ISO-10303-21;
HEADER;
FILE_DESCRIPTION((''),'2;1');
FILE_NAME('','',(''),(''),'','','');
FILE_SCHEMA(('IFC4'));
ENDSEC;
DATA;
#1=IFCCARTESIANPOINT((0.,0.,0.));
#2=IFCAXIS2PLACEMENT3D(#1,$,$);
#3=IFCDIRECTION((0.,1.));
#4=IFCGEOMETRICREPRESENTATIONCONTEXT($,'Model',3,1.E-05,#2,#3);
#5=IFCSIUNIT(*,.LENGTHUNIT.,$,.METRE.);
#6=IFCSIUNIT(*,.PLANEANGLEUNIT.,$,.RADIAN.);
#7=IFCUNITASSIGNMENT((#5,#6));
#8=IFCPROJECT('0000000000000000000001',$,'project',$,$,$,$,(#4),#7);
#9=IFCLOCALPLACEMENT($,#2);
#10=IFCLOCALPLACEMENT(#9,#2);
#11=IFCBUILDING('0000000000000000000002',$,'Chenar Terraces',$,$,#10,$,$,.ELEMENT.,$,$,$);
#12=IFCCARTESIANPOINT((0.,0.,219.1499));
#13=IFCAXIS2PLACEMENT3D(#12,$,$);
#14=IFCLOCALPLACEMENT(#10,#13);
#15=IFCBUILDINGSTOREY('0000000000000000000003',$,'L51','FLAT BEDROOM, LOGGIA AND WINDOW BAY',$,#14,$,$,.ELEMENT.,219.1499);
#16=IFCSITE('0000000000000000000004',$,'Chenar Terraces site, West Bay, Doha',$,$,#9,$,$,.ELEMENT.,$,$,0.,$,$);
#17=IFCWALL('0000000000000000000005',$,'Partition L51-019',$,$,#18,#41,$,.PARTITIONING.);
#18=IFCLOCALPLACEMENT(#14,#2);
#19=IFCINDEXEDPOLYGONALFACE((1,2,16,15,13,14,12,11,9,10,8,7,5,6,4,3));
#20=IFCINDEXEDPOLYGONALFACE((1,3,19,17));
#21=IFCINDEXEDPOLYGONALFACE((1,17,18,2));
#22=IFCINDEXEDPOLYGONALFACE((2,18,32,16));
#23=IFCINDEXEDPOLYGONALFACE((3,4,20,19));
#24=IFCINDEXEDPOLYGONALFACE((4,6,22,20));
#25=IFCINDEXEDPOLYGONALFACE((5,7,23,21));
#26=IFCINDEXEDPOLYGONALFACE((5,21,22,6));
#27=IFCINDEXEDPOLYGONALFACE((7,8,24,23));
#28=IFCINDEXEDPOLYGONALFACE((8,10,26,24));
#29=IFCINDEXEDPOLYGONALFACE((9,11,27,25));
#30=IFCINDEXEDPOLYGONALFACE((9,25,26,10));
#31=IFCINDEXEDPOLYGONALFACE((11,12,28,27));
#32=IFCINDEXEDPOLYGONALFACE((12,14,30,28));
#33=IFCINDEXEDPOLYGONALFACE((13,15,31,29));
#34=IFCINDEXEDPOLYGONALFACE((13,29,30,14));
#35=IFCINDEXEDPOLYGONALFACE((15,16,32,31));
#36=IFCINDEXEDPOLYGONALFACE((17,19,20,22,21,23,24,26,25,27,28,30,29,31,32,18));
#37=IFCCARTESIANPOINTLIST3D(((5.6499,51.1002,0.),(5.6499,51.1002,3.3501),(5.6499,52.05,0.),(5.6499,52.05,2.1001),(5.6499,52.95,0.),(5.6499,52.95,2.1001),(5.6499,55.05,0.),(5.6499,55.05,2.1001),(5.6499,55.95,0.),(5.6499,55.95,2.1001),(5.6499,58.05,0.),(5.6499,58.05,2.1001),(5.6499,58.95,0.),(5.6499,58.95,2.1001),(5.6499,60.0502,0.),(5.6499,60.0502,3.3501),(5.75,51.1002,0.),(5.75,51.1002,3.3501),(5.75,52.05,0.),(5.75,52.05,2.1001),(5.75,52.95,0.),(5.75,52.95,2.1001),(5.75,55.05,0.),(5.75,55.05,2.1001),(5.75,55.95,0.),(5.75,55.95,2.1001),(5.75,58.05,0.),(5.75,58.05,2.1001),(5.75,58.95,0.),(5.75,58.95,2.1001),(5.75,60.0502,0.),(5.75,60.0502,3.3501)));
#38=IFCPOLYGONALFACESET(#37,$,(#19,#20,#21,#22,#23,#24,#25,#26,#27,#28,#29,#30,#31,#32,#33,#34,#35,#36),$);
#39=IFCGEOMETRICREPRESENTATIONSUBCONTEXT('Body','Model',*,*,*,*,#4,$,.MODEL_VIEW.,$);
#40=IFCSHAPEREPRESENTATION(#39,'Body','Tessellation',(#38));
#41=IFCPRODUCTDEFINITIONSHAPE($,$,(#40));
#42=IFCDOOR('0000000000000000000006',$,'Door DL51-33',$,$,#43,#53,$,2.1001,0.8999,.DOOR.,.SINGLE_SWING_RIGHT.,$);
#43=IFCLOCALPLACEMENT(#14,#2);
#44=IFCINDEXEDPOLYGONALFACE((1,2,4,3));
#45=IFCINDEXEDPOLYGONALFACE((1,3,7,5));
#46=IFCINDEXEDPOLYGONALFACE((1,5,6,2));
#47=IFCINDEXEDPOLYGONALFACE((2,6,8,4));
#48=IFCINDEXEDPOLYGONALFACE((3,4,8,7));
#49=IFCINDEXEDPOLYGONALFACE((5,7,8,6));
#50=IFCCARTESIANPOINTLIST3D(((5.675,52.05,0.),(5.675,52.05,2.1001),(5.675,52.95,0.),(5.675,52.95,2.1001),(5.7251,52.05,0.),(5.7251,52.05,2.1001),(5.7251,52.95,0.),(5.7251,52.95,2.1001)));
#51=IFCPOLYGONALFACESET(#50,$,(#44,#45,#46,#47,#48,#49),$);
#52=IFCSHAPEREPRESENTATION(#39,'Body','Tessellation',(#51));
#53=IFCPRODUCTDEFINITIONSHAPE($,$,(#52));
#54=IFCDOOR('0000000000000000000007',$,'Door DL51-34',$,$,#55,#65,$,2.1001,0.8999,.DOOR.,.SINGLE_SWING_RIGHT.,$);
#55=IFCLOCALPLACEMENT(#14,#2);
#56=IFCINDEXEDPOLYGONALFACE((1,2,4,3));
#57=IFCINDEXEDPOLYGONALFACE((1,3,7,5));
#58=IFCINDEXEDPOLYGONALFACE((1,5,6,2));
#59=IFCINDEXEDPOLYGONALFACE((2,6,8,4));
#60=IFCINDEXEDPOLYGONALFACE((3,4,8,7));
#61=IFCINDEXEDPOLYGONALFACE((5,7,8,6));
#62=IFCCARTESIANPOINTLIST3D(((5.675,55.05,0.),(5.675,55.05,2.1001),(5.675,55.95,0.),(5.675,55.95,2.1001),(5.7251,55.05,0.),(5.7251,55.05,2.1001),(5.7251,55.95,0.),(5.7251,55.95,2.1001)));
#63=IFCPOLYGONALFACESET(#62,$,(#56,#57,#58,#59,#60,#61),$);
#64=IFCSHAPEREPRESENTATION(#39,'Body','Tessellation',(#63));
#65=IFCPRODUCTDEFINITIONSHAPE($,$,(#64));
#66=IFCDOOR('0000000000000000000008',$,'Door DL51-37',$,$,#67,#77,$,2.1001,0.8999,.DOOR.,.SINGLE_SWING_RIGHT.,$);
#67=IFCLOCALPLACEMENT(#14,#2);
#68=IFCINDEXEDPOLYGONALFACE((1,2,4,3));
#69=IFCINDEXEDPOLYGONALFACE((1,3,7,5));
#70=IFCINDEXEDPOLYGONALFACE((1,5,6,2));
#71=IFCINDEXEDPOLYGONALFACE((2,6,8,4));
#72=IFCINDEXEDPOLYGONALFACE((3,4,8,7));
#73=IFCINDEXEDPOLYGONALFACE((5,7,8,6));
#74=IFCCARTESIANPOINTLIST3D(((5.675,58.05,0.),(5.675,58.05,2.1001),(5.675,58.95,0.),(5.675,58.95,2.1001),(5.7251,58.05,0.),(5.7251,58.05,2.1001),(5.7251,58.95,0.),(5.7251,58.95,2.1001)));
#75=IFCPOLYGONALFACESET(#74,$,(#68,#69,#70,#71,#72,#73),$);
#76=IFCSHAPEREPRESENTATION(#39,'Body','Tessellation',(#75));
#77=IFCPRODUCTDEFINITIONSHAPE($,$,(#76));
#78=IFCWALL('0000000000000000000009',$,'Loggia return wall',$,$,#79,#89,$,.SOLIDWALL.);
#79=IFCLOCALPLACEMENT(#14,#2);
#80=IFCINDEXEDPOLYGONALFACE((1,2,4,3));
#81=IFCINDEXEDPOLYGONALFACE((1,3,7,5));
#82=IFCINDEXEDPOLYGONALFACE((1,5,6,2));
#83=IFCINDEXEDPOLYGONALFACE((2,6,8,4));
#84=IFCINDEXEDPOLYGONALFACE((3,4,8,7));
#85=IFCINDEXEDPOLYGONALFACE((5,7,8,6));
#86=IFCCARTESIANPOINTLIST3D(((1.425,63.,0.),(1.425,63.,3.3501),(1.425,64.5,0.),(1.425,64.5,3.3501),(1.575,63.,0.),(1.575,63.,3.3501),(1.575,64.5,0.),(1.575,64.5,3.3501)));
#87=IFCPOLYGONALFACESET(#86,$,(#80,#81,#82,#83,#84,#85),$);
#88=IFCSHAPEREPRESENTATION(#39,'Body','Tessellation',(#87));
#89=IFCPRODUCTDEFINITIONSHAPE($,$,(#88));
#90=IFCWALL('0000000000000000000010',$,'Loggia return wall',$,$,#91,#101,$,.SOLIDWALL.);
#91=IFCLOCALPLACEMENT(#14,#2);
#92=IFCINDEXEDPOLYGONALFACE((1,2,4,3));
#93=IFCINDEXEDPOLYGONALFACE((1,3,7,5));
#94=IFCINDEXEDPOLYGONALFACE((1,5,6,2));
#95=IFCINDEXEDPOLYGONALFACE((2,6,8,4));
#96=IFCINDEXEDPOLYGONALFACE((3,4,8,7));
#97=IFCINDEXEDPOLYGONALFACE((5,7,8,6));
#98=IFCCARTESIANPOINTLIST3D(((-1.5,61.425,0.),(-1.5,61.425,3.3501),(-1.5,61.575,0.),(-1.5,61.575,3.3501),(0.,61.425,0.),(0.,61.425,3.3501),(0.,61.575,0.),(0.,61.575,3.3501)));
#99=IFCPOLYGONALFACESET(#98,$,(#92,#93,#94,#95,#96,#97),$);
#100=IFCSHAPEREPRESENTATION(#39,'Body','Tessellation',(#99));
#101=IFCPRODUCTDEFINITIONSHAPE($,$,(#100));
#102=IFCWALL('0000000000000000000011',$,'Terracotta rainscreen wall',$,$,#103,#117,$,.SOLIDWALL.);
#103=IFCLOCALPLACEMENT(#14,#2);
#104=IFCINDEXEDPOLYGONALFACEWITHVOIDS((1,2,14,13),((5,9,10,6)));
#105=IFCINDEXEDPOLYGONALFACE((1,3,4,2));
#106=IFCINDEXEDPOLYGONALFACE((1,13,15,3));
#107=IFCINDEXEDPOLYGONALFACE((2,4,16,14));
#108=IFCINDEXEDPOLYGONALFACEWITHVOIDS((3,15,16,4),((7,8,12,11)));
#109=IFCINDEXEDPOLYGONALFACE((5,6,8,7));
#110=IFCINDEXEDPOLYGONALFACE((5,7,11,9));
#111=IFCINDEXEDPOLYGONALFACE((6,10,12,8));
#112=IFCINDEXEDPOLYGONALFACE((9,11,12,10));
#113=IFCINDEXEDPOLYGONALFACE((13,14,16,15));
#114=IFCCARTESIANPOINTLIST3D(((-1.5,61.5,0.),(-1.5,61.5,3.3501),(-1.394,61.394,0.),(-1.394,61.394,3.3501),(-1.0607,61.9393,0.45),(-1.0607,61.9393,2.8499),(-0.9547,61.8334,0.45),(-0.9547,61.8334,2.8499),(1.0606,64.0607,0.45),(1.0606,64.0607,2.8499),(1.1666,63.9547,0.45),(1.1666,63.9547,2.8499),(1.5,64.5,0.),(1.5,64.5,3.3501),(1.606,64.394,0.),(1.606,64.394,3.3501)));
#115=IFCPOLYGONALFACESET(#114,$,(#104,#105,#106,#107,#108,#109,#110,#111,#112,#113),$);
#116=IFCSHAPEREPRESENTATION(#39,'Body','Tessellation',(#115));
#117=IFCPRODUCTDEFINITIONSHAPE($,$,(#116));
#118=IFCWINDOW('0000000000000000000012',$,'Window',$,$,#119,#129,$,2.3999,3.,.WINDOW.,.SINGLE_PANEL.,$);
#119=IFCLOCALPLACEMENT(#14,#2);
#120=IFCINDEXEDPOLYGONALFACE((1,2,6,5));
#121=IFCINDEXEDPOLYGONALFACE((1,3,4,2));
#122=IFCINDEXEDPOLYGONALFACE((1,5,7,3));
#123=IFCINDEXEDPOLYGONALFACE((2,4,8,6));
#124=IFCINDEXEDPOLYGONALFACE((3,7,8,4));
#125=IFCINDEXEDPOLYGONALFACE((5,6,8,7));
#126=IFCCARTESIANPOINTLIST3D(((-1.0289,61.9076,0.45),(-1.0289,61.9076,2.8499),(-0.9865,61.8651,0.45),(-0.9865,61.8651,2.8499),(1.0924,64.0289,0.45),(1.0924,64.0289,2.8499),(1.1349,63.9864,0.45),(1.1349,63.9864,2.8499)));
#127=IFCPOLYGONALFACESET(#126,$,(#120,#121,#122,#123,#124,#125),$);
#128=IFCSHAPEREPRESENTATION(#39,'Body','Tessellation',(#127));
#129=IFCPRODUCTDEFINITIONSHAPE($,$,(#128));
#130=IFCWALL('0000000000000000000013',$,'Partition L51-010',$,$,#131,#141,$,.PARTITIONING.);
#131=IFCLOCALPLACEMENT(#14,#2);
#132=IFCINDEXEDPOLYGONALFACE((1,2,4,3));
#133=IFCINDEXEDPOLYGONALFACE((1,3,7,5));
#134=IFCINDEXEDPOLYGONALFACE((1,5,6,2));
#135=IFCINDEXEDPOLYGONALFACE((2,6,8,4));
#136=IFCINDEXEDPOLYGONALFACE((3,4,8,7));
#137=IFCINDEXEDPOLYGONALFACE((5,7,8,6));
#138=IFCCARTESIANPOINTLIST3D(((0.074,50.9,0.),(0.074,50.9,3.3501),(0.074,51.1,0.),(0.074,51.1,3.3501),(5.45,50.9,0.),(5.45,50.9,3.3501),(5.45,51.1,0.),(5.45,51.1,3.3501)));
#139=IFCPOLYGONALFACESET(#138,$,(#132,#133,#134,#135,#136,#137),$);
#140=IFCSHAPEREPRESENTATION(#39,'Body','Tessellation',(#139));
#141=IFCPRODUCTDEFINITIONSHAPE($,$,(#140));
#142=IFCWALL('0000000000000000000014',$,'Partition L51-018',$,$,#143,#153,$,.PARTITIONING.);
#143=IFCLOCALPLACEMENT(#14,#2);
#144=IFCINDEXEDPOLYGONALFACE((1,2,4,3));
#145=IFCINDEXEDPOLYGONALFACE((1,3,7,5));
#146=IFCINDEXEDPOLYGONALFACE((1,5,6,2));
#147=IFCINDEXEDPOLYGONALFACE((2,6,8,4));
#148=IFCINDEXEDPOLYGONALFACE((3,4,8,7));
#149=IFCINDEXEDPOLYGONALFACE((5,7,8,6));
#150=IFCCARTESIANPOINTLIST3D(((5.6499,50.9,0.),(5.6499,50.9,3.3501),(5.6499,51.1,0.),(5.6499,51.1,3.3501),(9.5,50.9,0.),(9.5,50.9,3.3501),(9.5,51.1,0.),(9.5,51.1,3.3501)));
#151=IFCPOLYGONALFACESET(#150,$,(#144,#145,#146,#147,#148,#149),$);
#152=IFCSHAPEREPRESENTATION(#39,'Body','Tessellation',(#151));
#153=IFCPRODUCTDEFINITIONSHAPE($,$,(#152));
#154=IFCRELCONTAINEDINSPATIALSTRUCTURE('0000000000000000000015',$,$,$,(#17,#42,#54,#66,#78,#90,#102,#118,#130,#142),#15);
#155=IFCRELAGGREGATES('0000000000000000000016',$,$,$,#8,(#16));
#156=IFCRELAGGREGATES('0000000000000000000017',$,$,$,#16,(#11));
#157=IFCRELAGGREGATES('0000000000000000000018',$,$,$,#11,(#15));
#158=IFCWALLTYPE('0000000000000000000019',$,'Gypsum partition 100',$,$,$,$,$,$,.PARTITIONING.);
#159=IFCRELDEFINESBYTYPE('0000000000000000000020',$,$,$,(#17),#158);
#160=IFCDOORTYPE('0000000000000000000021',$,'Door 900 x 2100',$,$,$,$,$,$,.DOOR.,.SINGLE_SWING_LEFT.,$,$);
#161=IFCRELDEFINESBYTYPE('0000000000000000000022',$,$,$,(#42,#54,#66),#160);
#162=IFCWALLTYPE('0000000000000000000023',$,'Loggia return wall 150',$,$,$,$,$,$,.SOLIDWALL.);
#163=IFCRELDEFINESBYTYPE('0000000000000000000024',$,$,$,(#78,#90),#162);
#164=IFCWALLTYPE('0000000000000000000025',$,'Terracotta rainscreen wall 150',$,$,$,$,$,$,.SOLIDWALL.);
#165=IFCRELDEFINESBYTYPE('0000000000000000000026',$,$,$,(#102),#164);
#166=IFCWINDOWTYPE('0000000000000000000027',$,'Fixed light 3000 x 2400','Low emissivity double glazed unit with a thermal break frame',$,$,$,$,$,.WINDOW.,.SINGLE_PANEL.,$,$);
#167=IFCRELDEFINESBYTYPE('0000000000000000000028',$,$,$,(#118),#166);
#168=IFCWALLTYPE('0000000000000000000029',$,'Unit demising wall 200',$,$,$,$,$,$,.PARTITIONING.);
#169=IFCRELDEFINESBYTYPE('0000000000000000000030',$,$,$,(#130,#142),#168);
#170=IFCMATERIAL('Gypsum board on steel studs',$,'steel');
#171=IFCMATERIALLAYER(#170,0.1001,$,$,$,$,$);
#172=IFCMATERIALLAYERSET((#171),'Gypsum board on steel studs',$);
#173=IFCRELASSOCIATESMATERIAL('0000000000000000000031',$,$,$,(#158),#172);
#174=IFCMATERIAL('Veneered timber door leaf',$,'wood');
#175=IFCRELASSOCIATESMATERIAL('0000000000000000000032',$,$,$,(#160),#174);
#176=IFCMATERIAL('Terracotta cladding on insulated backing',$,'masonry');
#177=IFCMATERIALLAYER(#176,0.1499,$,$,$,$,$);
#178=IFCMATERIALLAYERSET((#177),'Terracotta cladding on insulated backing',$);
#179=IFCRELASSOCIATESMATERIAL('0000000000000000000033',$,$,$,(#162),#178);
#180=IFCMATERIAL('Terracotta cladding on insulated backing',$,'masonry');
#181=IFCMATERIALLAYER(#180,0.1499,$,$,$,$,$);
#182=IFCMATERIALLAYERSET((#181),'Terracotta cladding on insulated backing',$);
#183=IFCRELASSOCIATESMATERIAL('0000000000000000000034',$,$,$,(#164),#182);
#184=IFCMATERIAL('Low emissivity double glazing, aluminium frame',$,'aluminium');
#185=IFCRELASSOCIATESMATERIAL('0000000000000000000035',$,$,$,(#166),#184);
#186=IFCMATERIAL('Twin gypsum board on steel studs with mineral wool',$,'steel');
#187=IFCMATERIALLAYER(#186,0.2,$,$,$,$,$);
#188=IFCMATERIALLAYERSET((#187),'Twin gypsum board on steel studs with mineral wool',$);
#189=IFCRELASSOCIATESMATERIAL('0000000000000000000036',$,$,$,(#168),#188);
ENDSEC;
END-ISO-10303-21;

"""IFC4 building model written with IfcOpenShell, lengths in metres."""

from ifc_helpers import new_model, si_unit, direction, frame, frame_2d, origin, place, context, subcontext, project, spatial, rectangle, extrude, material, layer, layer_set, type_object, element, fill, save


model = new_model("IFC4")

# Units and contexts
model_context = context("Model", 3, precision=1e-05, world=origin(), true_north=direction((0.0, 1.0)))
body_context = subcontext(model_context, "Body", "Model", "MODEL_VIEW")
ifc_project = project(units=[si_unit("LENGTHUNIT", "METRE"), si_unit("PLANEANGLEUNIT", "RADIAN")], contexts=[model_context])

# Site, building, storey
site_placement = place(None, origin())
site = spatial("IfcSite", under=ifc_project, at=site_placement, Name="Chenar Terraces site, West Bay, Doha", CompositionType="ELEMENT", RefElevation=0.0)
building_placement = place(site_placement, origin())
building = spatial("IfcBuilding", under=site, at=building_placement, Name="Chenar Terraces", CompositionType="ELEMENT")
storey_placement = place(building_placement, frame((0.0, 0.0, 219.1499)))
storey = spatial("IfcBuildingStorey", under=building, at=storey_placement, Name="L51", Description="FLAT BEDROOM, LOGGIA AND WINDOW BAY", CompositionType="ELEMENT", Elevation=219.1499)

# Shared definitions
ifc_material_1 = material(Name="Gypsum board on steel studs", Category="steel")
ifc_layer_1 = layer(ifc_material_1, 0.1001)
ifc_layer_set_1 = layer_set([ifc_layer_1], Name="Gypsum board on steel studs")
wall_type_1 = type_object("IfcWallType", Name="Gypsum partition 100", PredefinedType="PARTITIONING", material=ifc_layer_set_1)

# Wall, openings, doors
wall_1_placement = place(storey_placement, frame((5.7, 51.1001, 0.0), z_axis=(0.0, 0.0, 1.0), x_axis=(0.0, 1.0, 0.0)))
wall_1 = element("IfcWall", 1, at=wall_1_placement, inside=storey, type_object=wall_type_1, Name="Partition L51-019", PredefinedType="PARTITIONING", context=body_context, shape_type="SweptSolid", body=[
    extrude(rectangle(XDim=8.95, YDim=0.1001, at=frame_2d((4.4751, 0.0))), origin(), (0.0, 0.0, 1.0), 3.3501),
])
opening_1_placement = place(wall_1_placement, frame((0.95, 0.0, 0.0)))
opening_1 = element("IfcOpeningElement", 2, at=opening_1_placement, cuts=wall_1, PredefinedType="OPENING", context=body_context, shape_type="SweptSolid", body=[
    extrude(rectangle(XDim=0.8999, YDim=2.1001, at=frame_2d((0.45, 1.05))), frame((0.0, 0.0601, 0.0), z_axis=(0.0, -1.0, 0.0), x_axis=(1.0, 0.0, 0.0)), (0.0, 0.0, 1.0), 0.1201),
])
opening_2_placement = place(wall_1_placement, frame((3.95, 0.0, 0.0)))
opening_2 = element("IfcOpeningElement", 3, at=opening_2_placement, cuts=wall_1, PredefinedType="OPENING", context=body_context, shape_type="SweptSolid", body=[
    extrude(rectangle(XDim=0.8999, YDim=2.1001, at=frame_2d((0.45, 1.05))), frame((0.0, 0.0601, 0.0), z_axis=(0.0, -1.0, 0.0), x_axis=(1.0, 0.0, 0.0)), (0.0, 0.0, 1.0), 0.1201),
])
opening_3_placement = place(wall_1_placement, frame((6.95, 0.0, 0.0)))
opening_3 = element("IfcOpeningElement", 4, at=opening_3_placement, cuts=wall_1, PredefinedType="OPENING", context=body_context, shape_type="SweptSolid", body=[
    extrude(rectangle(XDim=0.8999, YDim=2.1001, at=frame_2d((0.45, 1.05))), frame((0.0, 0.0601, 0.0), z_axis=(0.0, -1.0, 0.0), x_axis=(1.0, 0.0, 0.0)), (0.0, 0.0, 1.0), 0.1201),
])
ifc_material_2 = material(Name="Veneered timber door leaf", Category="wood")
door_type_1 = type_object("IfcDoorType", Name="Door 900 x 2100", OperationType="SINGLE_SWING_LEFT", PredefinedType="DOOR", material=ifc_material_2)
door_1_placement = place(opening_1_placement, origin())
door_1 = element("IfcDoor", 5, at=door_1_placement, inside=storey, type_object=door_type_1, Name="Door DL51-33", OperationType="SINGLE_SWING_RIGHT", OverallHeight=2.1001, OverallWidth=0.8999, PredefinedType="DOOR", context=body_context, shape_type="SweptSolid", body=[
    extrude(rectangle(XDim=0.8999, YDim=2.1001, at=frame_2d((0.45, 1.05))), frame((0.0, 0.0249, 0.0), z_axis=(0.0, -1.0, 0.0), x_axis=(1.0, 0.0, 0.0)), (0.0, 0.0, 1.0), 0.05),
])
fill(opening_1, door_1)
door_2_placement = place(opening_2_placement, origin())
door_2 = element("IfcDoor", 6, at=door_2_placement, inside=storey, type_object=door_type_1, Name="Door DL51-34", OperationType="SINGLE_SWING_RIGHT", OverallHeight=2.1001, OverallWidth=0.8999, PredefinedType="DOOR", context=body_context, shape_type="SweptSolid", body=[
    extrude(rectangle(XDim=0.8999, YDim=2.1001, at=frame_2d((0.45, 1.05))), frame((0.0, 0.0249, 0.0), z_axis=(0.0, -1.0, 0.0), x_axis=(1.0, 0.0, 0.0)), (0.0, 0.0, 1.0), 0.05),
])
fill(opening_2, door_2)
door_3_placement = place(opening_3_placement, origin())
door_3 = element("IfcDoor", 7, at=door_3_placement, inside=storey, type_object=door_type_1, Name="Door DL51-37", OperationType="SINGLE_SWING_RIGHT", OverallHeight=2.1001, OverallWidth=0.8999, PredefinedType="DOOR", context=body_context, shape_type="SweptSolid", body=[
    extrude(rectangle(XDim=0.8999, YDim=2.1001, at=frame_2d((0.45, 1.05))), frame((0.0, 0.0249, 0.0), z_axis=(0.0, -1.0, 0.0), x_axis=(1.0, 0.0, 0.0)), (0.0, 0.0, 1.0), 0.05),
])
fill(opening_3, door_3)

# Walls
ifc_material_3 = material(Name="Terracotta cladding on insulated backing", Category="masonry")
ifc_layer_2 = layer(ifc_material_3, 0.1499)
ifc_layer_set_2 = layer_set([ifc_layer_2], Name="Terracotta cladding on insulated backing")
wall_type_2 = type_object("IfcWallType", Name="Loggia return wall 150", PredefinedType="SOLIDWALL", material=ifc_layer_set_2)
for number, where, z_axis, x_axis, name in (
    (8, (1.5, 64.5, 0.0), (0.0, 0.0, 1.0), (0.0, -1.0, 0.0), "Loggia return wall"),
    (9, (-1.5, 61.5, 0.0), (0.0, 0.0, 1.0), (1.0, 0.0, 0.0), "Loggia return wall"),
):
    element("IfcWall", number, at=place(storey_placement, frame(where, z_axis=z_axis, x_axis=x_axis)), inside=storey, type_object=wall_type_2, Name=name, PredefinedType="SOLIDWALL", context=body_context, shape_type="SweptSolid", body=[
        extrude(rectangle(XDim=1.5, YDim=0.1499, at=frame_2d((0.75, 0.0))), origin(), (0.0, 0.0, 1.0), 3.3501),
    ])

# Wall, opening, window
ifc_material_4 = material(Name="Terracotta cladding on insulated backing", Category="masonry")
ifc_layer_3 = layer(ifc_material_4, 0.1499)
ifc_layer_set_3 = layer_set([ifc_layer_3], Name="Terracotta cladding on insulated backing")
wall_type_3 = type_object("IfcWallType", Name="Terracotta rainscreen wall 150", PredefinedType="SOLIDWALL", material=ifc_layer_set_3)
wall_2_placement = place(storey_placement, frame((1.553, 64.447, 0.0), z_axis=(0.0, 0.0, 1.0), x_axis=(-0.707107, -0.707107, 0.0)))
wall_2 = element("IfcWall", 10, at=wall_2_placement, inside=storey, type_object=wall_type_3, Name="Terracotta rainscreen wall", PredefinedType="SOLIDWALL", context=body_context, shape_type="SweptSolid", body=[
    extrude(rectangle(XDim=4.2427, YDim=0.1499, at=frame_2d((2.1213, 0.0))), origin(), (0.0, 0.0, 1.0), 3.3501),
])
opening_4_placement = place(wall_2_placement, frame((0.6213, 0.0, 0.45)))
opening_4 = element("IfcOpeningElement", 11, at=opening_4_placement, cuts=wall_2, PredefinedType="OPENING", context=body_context, shape_type="SweptSolid", body=[
    extrude(rectangle(XDim=3.0, YDim=2.3999, at=frame_2d((1.5, 1.2))), frame((0.0, 0.085, 0.0), z_axis=(0.0, -1.0, 0.0), x_axis=(1.0, 0.0, 0.0)), (0.0, 0.0, 1.0), 0.1699),
])
ifc_material_5 = material(Name="Low emissivity double glazing, aluminium frame", Category="aluminium")
window_type_1 = type_object("IfcWindowType", Name="Fixed light 3000 x 2400", Description="Low emissivity double glazed unit with a thermal break frame", PartitioningType="SINGLE_PANEL", PredefinedType="WINDOW", material=ifc_material_5)
window_1_placement = place(opening_4_placement, origin())
window_1 = element("IfcWindow", 12, at=window_1_placement, inside=storey, type_object=window_type_1, Name="Window", OverallHeight=2.3999, OverallWidth=3.0, PartitioningType="SINGLE_PANEL", PredefinedType="WINDOW", context=body_context, shape_type="SweptSolid", body=[
    extrude(rectangle(XDim=3.0, YDim=2.3999, at=frame_2d((1.5, 1.2))), frame((0.0, 0.03, 0.0), z_axis=(0.0, -1.0, 0.0), x_axis=(1.0, 0.0, 0.0)), (0.0, 0.0, 1.0), 0.0601),
])
fill(opening_4, window_1)

# Walls
ifc_material_6 = material(Name="Twin gypsum board on steel studs with mineral wool", Category="steel")
ifc_layer_4 = layer(ifc_material_6, 0.2)
ifc_layer_set_4 = layer_set([ifc_layer_4], Name="Twin gypsum board on steel studs with mineral wool")
wall_type_4 = type_object("IfcWallType", Name="Unit demising wall 200", PredefinedType="PARTITIONING", material=ifc_layer_set_4)
wall_3_placement = place(storey_placement, frame((0.074, 51.0, 0.0), z_axis=(0.0, 0.0, 1.0), x_axis=(1.0, 0.0, 0.0)))
element("IfcWall", 13, at=wall_3_placement, inside=storey, type_object=wall_type_4, Name="Partition L51-010", PredefinedType="PARTITIONING", context=body_context, shape_type="SweptSolid", body=[
    extrude(rectangle(XDim=5.376, YDim=0.2, at=frame_2d((2.688, 0.0))), origin(), (0.0, 0.0, 1.0), 3.3501),
])
wall_4_placement = place(storey_placement, frame((5.6499, 51.0, 0.0), z_axis=(0.0, 0.0, 1.0), x_axis=(1.0, 0.0, 0.0)))
element("IfcWall", 14, at=wall_4_placement, inside=storey, type_object=wall_type_4, Name="Partition L51-018", PredefinedType="PARTITIONING", context=body_context, shape_type="SweptSolid", body=[
    extrude(rectangle(XDim=3.8501, YDim=0.2, at=frame_2d((1.925, 0.0))), origin(), (0.0, 0.0, 1.0), 3.3501),
])

save(model, "model.ifc")
